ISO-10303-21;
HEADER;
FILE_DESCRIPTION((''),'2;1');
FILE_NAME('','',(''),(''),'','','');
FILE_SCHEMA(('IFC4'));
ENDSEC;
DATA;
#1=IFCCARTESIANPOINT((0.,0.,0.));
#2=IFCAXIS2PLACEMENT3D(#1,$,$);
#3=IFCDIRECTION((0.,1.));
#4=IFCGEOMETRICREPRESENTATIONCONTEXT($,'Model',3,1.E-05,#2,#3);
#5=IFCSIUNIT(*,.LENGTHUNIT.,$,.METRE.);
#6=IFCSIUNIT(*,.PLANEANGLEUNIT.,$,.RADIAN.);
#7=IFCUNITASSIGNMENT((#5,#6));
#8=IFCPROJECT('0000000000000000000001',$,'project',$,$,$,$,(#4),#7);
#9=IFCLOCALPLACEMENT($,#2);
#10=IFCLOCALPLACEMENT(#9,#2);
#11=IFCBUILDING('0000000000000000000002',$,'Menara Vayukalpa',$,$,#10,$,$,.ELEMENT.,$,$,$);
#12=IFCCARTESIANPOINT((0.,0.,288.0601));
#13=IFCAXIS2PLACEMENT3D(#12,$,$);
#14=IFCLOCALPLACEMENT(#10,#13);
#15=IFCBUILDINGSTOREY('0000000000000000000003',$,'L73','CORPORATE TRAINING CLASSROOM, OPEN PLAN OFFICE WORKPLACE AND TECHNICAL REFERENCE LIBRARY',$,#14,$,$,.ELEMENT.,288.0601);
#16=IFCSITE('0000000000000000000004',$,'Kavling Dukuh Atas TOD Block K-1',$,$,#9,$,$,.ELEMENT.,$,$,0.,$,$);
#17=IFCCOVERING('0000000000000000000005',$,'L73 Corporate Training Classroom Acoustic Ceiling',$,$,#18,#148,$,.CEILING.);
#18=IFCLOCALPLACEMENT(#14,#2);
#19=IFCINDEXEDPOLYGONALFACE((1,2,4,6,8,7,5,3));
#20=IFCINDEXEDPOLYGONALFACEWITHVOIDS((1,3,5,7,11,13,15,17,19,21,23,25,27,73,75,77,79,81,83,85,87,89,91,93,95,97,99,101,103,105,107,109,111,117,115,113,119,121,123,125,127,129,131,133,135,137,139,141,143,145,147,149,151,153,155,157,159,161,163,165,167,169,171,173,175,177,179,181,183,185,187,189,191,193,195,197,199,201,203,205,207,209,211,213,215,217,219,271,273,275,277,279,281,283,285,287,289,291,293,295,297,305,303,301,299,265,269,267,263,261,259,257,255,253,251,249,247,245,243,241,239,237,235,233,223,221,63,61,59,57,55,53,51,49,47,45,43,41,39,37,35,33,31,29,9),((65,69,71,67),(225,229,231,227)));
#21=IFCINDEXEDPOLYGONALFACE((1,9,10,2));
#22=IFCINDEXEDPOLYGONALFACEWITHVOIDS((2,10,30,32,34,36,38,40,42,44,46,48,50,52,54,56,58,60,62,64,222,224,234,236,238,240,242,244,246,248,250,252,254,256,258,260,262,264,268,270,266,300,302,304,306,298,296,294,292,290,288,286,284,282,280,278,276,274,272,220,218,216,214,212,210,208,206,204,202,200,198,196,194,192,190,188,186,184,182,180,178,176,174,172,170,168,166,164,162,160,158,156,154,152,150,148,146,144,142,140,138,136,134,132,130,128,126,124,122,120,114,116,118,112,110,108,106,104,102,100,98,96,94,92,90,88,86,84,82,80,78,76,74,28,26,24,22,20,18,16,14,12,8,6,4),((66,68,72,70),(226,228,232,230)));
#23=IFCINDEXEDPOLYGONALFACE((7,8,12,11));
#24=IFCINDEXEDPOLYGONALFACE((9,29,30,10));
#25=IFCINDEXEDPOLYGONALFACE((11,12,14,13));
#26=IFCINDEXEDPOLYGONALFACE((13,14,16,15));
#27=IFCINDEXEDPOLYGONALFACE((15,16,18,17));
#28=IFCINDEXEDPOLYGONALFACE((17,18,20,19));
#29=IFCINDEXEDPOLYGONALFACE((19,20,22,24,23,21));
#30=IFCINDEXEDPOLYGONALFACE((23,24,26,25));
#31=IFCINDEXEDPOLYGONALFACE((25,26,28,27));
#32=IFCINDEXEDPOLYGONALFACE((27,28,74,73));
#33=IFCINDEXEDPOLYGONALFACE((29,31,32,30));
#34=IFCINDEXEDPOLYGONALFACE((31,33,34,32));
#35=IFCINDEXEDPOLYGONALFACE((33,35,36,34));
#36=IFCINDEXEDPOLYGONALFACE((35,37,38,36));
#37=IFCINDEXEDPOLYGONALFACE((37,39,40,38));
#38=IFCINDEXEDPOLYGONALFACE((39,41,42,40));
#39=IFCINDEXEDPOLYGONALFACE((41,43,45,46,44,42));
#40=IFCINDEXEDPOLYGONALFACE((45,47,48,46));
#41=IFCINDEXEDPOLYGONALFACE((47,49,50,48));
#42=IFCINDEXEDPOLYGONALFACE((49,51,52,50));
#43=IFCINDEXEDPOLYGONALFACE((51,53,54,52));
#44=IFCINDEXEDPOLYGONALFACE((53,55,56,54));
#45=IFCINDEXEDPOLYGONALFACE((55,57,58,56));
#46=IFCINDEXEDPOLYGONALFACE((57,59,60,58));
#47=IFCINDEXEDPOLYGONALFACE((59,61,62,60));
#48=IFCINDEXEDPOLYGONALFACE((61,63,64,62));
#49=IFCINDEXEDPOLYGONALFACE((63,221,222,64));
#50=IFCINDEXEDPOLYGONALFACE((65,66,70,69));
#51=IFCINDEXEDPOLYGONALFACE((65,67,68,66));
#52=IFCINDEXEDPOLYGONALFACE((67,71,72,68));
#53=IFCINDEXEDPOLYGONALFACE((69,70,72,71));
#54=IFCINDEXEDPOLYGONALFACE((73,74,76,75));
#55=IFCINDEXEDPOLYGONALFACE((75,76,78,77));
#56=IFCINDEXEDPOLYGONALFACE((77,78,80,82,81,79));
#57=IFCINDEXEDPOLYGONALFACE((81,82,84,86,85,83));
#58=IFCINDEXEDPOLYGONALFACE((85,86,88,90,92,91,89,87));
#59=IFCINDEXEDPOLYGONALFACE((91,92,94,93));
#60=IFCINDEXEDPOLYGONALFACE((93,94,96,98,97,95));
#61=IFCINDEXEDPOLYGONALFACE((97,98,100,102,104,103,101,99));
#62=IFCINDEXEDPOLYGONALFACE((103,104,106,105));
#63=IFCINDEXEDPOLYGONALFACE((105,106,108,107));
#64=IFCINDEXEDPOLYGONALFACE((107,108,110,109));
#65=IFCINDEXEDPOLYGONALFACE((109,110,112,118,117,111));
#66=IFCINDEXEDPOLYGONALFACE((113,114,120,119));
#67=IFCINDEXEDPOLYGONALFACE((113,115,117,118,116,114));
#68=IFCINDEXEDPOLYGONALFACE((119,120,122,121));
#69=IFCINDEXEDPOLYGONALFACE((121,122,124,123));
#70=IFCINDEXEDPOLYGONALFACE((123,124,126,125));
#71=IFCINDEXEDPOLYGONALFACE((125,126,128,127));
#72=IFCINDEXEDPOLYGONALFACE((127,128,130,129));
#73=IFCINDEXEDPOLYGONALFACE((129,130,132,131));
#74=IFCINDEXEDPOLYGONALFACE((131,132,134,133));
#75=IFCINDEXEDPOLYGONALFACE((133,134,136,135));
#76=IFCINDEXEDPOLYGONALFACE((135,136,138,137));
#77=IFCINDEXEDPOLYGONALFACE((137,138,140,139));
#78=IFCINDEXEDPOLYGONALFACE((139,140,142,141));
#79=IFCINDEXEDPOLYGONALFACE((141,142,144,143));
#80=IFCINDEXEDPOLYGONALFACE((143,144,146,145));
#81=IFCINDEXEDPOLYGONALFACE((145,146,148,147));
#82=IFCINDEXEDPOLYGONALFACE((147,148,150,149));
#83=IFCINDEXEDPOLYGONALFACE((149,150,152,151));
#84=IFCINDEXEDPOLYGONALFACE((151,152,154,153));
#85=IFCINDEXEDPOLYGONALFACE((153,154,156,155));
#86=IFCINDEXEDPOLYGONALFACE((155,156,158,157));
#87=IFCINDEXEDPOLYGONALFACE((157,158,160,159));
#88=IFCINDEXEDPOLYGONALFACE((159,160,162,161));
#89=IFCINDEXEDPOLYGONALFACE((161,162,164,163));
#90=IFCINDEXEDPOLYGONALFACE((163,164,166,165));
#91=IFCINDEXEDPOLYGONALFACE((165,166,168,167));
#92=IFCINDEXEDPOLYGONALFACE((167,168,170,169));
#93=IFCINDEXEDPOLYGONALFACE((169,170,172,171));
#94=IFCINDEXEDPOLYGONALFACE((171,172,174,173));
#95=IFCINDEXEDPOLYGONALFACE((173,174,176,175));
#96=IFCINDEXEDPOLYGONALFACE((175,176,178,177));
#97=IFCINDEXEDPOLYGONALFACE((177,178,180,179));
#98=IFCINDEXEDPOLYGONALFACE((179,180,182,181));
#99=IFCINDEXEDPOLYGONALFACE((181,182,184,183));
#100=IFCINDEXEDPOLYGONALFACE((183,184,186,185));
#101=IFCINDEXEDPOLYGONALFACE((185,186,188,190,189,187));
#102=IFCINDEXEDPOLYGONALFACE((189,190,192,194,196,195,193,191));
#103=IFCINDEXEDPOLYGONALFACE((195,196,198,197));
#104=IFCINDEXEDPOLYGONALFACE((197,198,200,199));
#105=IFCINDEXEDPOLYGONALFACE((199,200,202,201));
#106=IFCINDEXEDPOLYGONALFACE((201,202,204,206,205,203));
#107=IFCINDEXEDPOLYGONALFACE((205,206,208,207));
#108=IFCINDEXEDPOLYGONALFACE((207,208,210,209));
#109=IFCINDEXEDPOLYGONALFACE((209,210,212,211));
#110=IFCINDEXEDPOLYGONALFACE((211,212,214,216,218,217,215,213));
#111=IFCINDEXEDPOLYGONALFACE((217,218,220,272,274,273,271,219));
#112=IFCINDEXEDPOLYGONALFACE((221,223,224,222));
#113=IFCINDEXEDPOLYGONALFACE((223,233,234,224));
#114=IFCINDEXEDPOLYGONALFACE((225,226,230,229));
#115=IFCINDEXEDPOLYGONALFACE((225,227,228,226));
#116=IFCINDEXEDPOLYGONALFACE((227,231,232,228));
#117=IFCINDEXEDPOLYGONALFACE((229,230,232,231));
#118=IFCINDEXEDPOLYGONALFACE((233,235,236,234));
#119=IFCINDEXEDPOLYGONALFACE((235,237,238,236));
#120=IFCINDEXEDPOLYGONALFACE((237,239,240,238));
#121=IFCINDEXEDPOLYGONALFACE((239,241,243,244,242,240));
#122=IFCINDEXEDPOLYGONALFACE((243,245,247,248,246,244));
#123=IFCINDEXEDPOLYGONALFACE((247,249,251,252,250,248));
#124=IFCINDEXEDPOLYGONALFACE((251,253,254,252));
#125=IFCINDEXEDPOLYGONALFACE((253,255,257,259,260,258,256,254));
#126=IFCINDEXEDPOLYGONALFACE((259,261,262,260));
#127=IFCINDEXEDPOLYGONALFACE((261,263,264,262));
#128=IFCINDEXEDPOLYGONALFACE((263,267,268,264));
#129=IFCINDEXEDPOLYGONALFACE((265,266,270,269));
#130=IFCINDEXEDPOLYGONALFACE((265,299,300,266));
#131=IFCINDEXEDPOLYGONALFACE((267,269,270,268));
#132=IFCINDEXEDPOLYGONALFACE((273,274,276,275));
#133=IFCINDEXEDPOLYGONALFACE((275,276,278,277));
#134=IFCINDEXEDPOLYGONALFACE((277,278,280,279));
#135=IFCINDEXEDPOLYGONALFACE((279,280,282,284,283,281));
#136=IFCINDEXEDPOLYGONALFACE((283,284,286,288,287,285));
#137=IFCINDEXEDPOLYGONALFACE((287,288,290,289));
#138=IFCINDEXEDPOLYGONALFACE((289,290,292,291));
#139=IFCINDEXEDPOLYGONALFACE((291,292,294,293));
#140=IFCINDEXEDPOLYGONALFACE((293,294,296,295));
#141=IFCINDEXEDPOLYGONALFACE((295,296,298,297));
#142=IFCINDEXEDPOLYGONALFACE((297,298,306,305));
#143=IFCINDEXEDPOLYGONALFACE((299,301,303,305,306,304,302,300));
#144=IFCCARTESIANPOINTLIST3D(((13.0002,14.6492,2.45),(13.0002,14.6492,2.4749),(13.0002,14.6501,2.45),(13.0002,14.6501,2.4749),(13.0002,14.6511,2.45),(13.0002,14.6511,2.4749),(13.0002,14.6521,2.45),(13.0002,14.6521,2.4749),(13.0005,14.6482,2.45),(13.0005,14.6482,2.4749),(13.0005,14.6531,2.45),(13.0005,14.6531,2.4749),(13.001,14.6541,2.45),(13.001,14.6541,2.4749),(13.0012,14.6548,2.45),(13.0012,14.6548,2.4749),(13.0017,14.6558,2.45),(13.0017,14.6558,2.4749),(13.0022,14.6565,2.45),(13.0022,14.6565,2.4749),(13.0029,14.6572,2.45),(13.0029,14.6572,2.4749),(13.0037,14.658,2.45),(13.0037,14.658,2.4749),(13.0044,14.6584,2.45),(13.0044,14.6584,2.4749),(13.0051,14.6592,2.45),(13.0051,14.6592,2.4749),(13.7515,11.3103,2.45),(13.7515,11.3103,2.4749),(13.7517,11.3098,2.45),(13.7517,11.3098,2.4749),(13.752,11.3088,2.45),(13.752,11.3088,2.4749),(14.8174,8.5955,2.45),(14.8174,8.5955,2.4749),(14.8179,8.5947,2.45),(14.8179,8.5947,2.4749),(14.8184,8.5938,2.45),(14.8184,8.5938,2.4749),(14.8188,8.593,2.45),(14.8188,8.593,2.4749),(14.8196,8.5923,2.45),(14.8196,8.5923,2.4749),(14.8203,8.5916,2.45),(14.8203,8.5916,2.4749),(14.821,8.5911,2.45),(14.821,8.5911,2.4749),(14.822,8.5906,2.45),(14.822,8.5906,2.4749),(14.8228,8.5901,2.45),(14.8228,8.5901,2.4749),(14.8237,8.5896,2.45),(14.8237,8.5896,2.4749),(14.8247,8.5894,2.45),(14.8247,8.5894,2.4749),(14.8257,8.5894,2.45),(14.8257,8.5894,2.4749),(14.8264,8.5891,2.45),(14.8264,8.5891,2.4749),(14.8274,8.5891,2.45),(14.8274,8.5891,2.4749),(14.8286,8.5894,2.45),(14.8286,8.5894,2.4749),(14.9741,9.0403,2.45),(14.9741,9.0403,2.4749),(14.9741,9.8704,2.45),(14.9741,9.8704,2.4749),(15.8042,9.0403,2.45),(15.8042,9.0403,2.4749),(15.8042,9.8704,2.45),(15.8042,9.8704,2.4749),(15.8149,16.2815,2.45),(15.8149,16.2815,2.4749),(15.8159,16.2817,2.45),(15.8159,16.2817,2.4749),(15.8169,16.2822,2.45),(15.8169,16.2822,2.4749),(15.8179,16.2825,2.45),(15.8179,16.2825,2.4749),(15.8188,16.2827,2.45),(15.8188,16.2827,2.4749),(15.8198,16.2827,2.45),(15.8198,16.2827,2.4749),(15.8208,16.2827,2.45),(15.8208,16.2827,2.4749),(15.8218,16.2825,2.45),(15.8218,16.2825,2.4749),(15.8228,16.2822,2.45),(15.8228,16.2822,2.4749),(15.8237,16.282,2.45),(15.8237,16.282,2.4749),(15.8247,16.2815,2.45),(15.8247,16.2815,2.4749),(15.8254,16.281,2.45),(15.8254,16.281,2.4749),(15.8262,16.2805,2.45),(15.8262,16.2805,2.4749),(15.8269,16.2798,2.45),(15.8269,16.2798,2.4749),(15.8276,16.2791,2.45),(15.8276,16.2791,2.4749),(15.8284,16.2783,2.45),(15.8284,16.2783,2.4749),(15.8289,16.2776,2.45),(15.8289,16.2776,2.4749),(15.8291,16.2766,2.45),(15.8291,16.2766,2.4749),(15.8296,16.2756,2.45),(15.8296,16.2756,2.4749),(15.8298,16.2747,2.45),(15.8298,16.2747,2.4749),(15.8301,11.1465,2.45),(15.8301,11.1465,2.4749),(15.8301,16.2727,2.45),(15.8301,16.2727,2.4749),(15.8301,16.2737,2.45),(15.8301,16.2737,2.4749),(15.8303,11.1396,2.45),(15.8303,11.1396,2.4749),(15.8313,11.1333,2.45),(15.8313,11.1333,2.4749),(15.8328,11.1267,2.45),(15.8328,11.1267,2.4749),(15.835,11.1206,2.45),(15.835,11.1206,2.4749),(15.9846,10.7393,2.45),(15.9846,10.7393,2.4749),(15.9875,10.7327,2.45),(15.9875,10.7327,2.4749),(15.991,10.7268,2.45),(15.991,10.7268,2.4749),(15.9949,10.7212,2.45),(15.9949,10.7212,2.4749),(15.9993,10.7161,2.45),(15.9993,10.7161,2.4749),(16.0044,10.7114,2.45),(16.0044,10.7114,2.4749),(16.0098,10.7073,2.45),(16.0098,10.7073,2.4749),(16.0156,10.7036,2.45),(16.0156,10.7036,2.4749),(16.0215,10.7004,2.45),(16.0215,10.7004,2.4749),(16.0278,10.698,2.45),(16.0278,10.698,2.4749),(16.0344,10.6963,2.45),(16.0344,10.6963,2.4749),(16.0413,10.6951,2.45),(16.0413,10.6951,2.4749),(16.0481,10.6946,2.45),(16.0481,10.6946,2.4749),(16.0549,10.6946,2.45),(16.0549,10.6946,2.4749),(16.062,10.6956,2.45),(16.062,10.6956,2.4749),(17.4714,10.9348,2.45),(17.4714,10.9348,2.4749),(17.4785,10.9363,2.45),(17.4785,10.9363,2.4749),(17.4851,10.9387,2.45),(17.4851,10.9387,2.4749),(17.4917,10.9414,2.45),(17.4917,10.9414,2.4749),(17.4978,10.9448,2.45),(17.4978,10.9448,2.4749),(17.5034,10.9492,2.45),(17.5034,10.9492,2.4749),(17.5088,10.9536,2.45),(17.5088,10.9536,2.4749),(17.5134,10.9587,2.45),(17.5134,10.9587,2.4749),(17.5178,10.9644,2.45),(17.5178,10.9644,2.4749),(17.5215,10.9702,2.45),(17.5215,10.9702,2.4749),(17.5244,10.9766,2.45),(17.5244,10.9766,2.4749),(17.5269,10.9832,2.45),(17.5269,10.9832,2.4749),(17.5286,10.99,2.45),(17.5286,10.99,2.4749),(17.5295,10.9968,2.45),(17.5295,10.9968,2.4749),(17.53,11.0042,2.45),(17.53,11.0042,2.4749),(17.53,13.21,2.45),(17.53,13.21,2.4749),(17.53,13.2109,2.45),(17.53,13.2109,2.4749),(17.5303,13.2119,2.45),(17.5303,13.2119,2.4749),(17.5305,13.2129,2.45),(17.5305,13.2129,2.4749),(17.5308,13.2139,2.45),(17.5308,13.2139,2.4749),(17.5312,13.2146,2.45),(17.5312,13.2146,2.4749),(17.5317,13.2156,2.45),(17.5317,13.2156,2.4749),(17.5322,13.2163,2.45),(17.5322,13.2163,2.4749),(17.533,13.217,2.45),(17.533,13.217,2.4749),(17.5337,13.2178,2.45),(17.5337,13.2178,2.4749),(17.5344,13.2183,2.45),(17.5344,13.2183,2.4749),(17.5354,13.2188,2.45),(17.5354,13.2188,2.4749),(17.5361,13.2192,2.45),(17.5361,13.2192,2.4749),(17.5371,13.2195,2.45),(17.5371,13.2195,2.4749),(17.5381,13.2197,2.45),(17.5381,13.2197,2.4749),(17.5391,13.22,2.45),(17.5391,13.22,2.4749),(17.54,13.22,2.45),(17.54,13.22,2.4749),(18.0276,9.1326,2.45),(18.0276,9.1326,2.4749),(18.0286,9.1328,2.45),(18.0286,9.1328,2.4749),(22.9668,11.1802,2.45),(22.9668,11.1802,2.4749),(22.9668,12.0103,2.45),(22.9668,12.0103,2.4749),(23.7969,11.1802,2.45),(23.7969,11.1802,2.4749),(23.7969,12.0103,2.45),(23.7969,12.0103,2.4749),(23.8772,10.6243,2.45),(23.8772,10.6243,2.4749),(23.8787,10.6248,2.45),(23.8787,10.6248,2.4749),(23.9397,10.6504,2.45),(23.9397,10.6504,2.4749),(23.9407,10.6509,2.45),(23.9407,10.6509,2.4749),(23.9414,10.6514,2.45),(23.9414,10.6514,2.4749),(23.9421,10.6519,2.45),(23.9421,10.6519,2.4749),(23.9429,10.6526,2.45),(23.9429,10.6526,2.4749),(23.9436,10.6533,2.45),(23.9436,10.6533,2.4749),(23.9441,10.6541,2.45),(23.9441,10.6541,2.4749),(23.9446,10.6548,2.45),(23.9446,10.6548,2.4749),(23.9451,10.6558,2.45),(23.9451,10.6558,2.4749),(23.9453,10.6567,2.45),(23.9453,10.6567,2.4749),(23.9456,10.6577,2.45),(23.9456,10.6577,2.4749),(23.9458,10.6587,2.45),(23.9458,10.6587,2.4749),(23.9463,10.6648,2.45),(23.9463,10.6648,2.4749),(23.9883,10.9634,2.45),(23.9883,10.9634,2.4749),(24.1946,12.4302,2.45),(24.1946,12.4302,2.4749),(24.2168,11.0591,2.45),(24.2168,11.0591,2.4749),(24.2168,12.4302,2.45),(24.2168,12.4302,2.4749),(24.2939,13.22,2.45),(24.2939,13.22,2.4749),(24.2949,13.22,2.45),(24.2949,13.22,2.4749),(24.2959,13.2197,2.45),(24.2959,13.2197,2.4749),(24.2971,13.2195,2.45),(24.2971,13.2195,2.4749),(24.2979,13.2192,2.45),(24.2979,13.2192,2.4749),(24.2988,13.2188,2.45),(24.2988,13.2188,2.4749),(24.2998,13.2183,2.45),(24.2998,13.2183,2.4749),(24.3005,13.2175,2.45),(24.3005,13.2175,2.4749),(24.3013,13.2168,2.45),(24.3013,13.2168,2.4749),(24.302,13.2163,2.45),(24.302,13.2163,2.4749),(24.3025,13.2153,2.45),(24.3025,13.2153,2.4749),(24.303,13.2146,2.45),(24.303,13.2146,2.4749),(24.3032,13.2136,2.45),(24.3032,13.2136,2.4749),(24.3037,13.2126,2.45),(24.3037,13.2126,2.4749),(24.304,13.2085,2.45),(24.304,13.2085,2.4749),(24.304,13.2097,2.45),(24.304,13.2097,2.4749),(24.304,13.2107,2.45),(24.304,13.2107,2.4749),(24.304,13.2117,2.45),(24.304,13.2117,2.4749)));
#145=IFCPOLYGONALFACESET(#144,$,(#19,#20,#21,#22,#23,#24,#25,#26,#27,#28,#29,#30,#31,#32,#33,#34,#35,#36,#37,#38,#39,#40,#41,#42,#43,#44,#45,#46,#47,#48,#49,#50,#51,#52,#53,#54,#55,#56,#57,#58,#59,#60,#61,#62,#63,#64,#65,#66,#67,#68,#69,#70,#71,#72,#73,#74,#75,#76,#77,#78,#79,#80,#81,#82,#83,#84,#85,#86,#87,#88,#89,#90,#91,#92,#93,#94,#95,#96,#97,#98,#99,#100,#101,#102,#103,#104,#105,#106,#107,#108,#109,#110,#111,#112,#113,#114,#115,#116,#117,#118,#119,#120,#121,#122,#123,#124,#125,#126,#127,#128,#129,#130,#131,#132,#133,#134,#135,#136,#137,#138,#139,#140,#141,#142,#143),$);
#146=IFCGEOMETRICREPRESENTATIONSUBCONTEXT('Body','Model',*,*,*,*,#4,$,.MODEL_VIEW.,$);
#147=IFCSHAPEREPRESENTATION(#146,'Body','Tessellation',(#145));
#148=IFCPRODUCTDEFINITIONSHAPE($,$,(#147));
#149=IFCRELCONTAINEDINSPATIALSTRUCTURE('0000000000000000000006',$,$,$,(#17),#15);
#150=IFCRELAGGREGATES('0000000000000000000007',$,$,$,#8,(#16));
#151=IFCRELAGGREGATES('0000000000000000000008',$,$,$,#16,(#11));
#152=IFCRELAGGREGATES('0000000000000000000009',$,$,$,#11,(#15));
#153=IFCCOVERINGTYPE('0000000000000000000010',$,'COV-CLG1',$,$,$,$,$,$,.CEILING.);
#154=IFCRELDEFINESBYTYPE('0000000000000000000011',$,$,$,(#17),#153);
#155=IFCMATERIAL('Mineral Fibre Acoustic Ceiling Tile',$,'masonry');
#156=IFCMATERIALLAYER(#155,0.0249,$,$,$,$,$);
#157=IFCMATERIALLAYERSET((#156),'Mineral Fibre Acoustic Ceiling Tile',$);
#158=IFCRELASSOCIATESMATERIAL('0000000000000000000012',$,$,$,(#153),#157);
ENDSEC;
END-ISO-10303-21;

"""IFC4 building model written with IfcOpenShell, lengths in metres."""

from ifc_helpers import new_model, si_unit, direction, frame, origin, place, context, subcontext, project, spatial, polyline, outline, extrude, material, layer, layer_set, type_object, element, save


model = new_model("IFC4")

# Units and contexts
model_context = context("Model", 3, precision=1e-05, world=origin(), true_north=direction((0.0, 1.0)))
body_context = subcontext(model_context, "Body", "Model", "MODEL_VIEW")
ifc_project = project(units=[si_unit("LENGTHUNIT", "METRE"), si_unit("PLANEANGLEUNIT", "RADIAN")], contexts=[model_context])

# Site, building, storey
site_placement = place(None, origin())
site = spatial("IfcSite", under=ifc_project, at=site_placement, Name="Kavling Dukuh Atas TOD Block K-1", CompositionType="ELEMENT", RefElevation=0.0)
building_placement = place(site_placement, origin())
building = spatial("IfcBuilding", under=site, at=building_placement, Name="Menara Vayukalpa", CompositionType="ELEMENT")
storey_placement = place(building_placement, frame((0.0, 0.0, 288.0601)))
storey = spatial("IfcBuildingStorey", under=building, at=storey_placement, Name="L73", Description="CORPORATE TRAINING CLASSROOM, OPEN PLAN OFFICE WORKPLACE AND TECHNICAL REFERENCE LIBRARY", CompositionType="ELEMENT", Elevation=288.0601)

# Covering
ifc_material_1 = material(Name="Mineral Fibre Acoustic Ceiling Tile", Category="masonry")
ifc_layer_1 = layer(ifc_material_1, 0.0249)
ifc_layer_set_1 = layer_set([ifc_layer_1], Name="Mineral Fibre Acoustic Ceiling Tile")
covering_type_1 = type_object("IfcCoveringType", Name="COV-CLG1", PredefinedType="CEILING", material=ifc_layer_set_1)
covering_1_placement = place(storey_placement, frame((0.0, 0.0, 2.45)))
element("IfcCovering", 1, at=covering_1_placement, inside=storey, type_object=covering_type_1, Name="L73 Corporate Training Classroom Acoustic Ceiling", PredefinedType="CEILING", context=body_context, shape_type="SweptSolid", body=[
    extrude(outline(polyline([(23.9883, 10.9634), (23.9463, 10.6648), (23.9458, 10.6587), (23.9456, 10.6577), (23.9453, 10.6567), (23.9451, 10.6558), (23.9446, 10.6548), (23.9441, 10.6541), (23.9436, 10.6533), (23.9429, 10.6526), (23.9421, 10.6519), (23.9414, 10.6514), (23.9407, 10.6509), (23.9397, 10.6504), (23.8787, 10.6248), (23.8772, 10.6243), (18.0286, 9.1328), (18.0276, 9.1326), (14.8286, 8.5894), (14.8274, 8.5891), (14.8264, 8.5891), (14.8257, 8.5894), (14.8247, 8.5894), (14.8237, 8.5896), (14.8228, 8.5901), (14.822, 8.5906), (14.821, 8.5911), (14.8203, 8.5916), (14.8196, 8.5923), (14.8188, 8.593), (14.8184, 8.5938), (14.8179, 8.5947), (14.8174, 8.5955), (13.752, 11.3088), (13.7517, 11.3098), (13.7515, 11.3103), (13.0005, 14.6482), (13.0002, 14.6492), (13.0002, 14.6501), (13.0002, 14.6511), (13.0002, 14.6521), (13.0005, 14.6531), (13.001, 14.6541), (13.0012, 14.6548), (13.0017, 14.6558), (13.0022, 14.6565), (13.0029, 14.6572), (13.0037, 14.658), (13.0044, 14.6584), (13.0051, 14.6592), (15.8149, 16.2815), (15.8159, 16.2817), (15.8169, 16.2822), (15.8179, 16.2825), (15.8188, 16.2827), (15.8198, 16.2827), (15.8208, 16.2827), (15.8218, 16.2825), (15.8228, 16.2822), (15.8237, 16.282), (15.8247, 16.2815), (15.8254, 16.281), (15.8262, 16.2805), (15.8269, 16.2798), (15.8276, 16.2791), (15.8284, 16.2783), (15.8289, 16.2776), (15.8291, 16.2766), (15.8296, 16.2756), (15.8298, 16.2747), (15.8301, 16.2737), (15.8301, 16.2727), (15.8301, 11.1465), (15.8303, 11.1396), (15.8313, 11.1333), (15.8328, 11.1267), (15.835, 11.1206), (15.9846, 10.7393), (15.9875, 10.7327), (15.991, 10.7268), (15.9949, 10.7212), (15.9993, 10.7161), (16.0044, 10.7114), (16.0098, 10.7073), (16.0156, 10.7036), (16.0215, 10.7004), (16.0278, 10.698), (16.0344, 10.6963), (16.0413, 10.6951), (16.0481, 10.6946), (16.0549, 10.6946), (16.062, 10.6956), (17.4714, 10.9348), (17.4785, 10.9363), (17.4851, 10.9387), (17.4917, 10.9414), (17.4978, 10.9448), (17.5034, 10.9492), (17.5088, 10.9536), (17.5134, 10.9587), (17.5178, 10.9644), (17.5215, 10.9702), (17.5244, 10.9766), (17.5269, 10.9832), (17.5286, 10.99), (17.5295, 10.9968), (17.53, 11.0042), (17.53, 13.21), (17.53, 13.2109), (17.5303, 13.2119), (17.5305, 13.2129), (17.5308, 13.2139), (17.5312, 13.2146), (17.5317, 13.2156), (17.5322, 13.2163), (17.533, 13.217), (17.5337, 13.2178), (17.5344, 13.2183), (17.5354, 13.2188), (17.5361, 13.2192), (17.5371, 13.2195), (17.5381, 13.2197), (17.5391, 13.22), (17.54, 13.22), (24.2939, 13.22), (24.2949, 13.22), (24.2959, 13.2197), (24.2971, 13.2195), (24.2979, 13.2192), (24.2988, 13.2188), (24.2998, 13.2183), (24.3005, 13.2175), (24.3013, 13.2168), (24.302, 13.2163), (24.3025, 13.2153), (24.303, 13.2146), (24.3032, 13.2136), (24.3037, 13.2126), (24.304, 13.2117), (24.304, 13.2107), (24.304, 13.2097), (24.304, 13.2085), (24.1946, 12.4302), (24.2168, 12.4302), (24.2168, 11.0591), (23.9883, 10.9634)]), holes=[polyline([(14.9741, 9.8704), (14.9741, 9.0403), (15.8042, 9.0403), (15.8042, 9.8704), (14.9741, 9.8704)]), polyline([(23.7969, 12.0103), (22.9668, 12.0103), (22.9668, 11.1802), (23.7969, 11.1802), (23.7969, 12.0103)])]), origin(), (0.0, 0.0, 1.0), 0.0249),
])

save(model, "model.ifc")
